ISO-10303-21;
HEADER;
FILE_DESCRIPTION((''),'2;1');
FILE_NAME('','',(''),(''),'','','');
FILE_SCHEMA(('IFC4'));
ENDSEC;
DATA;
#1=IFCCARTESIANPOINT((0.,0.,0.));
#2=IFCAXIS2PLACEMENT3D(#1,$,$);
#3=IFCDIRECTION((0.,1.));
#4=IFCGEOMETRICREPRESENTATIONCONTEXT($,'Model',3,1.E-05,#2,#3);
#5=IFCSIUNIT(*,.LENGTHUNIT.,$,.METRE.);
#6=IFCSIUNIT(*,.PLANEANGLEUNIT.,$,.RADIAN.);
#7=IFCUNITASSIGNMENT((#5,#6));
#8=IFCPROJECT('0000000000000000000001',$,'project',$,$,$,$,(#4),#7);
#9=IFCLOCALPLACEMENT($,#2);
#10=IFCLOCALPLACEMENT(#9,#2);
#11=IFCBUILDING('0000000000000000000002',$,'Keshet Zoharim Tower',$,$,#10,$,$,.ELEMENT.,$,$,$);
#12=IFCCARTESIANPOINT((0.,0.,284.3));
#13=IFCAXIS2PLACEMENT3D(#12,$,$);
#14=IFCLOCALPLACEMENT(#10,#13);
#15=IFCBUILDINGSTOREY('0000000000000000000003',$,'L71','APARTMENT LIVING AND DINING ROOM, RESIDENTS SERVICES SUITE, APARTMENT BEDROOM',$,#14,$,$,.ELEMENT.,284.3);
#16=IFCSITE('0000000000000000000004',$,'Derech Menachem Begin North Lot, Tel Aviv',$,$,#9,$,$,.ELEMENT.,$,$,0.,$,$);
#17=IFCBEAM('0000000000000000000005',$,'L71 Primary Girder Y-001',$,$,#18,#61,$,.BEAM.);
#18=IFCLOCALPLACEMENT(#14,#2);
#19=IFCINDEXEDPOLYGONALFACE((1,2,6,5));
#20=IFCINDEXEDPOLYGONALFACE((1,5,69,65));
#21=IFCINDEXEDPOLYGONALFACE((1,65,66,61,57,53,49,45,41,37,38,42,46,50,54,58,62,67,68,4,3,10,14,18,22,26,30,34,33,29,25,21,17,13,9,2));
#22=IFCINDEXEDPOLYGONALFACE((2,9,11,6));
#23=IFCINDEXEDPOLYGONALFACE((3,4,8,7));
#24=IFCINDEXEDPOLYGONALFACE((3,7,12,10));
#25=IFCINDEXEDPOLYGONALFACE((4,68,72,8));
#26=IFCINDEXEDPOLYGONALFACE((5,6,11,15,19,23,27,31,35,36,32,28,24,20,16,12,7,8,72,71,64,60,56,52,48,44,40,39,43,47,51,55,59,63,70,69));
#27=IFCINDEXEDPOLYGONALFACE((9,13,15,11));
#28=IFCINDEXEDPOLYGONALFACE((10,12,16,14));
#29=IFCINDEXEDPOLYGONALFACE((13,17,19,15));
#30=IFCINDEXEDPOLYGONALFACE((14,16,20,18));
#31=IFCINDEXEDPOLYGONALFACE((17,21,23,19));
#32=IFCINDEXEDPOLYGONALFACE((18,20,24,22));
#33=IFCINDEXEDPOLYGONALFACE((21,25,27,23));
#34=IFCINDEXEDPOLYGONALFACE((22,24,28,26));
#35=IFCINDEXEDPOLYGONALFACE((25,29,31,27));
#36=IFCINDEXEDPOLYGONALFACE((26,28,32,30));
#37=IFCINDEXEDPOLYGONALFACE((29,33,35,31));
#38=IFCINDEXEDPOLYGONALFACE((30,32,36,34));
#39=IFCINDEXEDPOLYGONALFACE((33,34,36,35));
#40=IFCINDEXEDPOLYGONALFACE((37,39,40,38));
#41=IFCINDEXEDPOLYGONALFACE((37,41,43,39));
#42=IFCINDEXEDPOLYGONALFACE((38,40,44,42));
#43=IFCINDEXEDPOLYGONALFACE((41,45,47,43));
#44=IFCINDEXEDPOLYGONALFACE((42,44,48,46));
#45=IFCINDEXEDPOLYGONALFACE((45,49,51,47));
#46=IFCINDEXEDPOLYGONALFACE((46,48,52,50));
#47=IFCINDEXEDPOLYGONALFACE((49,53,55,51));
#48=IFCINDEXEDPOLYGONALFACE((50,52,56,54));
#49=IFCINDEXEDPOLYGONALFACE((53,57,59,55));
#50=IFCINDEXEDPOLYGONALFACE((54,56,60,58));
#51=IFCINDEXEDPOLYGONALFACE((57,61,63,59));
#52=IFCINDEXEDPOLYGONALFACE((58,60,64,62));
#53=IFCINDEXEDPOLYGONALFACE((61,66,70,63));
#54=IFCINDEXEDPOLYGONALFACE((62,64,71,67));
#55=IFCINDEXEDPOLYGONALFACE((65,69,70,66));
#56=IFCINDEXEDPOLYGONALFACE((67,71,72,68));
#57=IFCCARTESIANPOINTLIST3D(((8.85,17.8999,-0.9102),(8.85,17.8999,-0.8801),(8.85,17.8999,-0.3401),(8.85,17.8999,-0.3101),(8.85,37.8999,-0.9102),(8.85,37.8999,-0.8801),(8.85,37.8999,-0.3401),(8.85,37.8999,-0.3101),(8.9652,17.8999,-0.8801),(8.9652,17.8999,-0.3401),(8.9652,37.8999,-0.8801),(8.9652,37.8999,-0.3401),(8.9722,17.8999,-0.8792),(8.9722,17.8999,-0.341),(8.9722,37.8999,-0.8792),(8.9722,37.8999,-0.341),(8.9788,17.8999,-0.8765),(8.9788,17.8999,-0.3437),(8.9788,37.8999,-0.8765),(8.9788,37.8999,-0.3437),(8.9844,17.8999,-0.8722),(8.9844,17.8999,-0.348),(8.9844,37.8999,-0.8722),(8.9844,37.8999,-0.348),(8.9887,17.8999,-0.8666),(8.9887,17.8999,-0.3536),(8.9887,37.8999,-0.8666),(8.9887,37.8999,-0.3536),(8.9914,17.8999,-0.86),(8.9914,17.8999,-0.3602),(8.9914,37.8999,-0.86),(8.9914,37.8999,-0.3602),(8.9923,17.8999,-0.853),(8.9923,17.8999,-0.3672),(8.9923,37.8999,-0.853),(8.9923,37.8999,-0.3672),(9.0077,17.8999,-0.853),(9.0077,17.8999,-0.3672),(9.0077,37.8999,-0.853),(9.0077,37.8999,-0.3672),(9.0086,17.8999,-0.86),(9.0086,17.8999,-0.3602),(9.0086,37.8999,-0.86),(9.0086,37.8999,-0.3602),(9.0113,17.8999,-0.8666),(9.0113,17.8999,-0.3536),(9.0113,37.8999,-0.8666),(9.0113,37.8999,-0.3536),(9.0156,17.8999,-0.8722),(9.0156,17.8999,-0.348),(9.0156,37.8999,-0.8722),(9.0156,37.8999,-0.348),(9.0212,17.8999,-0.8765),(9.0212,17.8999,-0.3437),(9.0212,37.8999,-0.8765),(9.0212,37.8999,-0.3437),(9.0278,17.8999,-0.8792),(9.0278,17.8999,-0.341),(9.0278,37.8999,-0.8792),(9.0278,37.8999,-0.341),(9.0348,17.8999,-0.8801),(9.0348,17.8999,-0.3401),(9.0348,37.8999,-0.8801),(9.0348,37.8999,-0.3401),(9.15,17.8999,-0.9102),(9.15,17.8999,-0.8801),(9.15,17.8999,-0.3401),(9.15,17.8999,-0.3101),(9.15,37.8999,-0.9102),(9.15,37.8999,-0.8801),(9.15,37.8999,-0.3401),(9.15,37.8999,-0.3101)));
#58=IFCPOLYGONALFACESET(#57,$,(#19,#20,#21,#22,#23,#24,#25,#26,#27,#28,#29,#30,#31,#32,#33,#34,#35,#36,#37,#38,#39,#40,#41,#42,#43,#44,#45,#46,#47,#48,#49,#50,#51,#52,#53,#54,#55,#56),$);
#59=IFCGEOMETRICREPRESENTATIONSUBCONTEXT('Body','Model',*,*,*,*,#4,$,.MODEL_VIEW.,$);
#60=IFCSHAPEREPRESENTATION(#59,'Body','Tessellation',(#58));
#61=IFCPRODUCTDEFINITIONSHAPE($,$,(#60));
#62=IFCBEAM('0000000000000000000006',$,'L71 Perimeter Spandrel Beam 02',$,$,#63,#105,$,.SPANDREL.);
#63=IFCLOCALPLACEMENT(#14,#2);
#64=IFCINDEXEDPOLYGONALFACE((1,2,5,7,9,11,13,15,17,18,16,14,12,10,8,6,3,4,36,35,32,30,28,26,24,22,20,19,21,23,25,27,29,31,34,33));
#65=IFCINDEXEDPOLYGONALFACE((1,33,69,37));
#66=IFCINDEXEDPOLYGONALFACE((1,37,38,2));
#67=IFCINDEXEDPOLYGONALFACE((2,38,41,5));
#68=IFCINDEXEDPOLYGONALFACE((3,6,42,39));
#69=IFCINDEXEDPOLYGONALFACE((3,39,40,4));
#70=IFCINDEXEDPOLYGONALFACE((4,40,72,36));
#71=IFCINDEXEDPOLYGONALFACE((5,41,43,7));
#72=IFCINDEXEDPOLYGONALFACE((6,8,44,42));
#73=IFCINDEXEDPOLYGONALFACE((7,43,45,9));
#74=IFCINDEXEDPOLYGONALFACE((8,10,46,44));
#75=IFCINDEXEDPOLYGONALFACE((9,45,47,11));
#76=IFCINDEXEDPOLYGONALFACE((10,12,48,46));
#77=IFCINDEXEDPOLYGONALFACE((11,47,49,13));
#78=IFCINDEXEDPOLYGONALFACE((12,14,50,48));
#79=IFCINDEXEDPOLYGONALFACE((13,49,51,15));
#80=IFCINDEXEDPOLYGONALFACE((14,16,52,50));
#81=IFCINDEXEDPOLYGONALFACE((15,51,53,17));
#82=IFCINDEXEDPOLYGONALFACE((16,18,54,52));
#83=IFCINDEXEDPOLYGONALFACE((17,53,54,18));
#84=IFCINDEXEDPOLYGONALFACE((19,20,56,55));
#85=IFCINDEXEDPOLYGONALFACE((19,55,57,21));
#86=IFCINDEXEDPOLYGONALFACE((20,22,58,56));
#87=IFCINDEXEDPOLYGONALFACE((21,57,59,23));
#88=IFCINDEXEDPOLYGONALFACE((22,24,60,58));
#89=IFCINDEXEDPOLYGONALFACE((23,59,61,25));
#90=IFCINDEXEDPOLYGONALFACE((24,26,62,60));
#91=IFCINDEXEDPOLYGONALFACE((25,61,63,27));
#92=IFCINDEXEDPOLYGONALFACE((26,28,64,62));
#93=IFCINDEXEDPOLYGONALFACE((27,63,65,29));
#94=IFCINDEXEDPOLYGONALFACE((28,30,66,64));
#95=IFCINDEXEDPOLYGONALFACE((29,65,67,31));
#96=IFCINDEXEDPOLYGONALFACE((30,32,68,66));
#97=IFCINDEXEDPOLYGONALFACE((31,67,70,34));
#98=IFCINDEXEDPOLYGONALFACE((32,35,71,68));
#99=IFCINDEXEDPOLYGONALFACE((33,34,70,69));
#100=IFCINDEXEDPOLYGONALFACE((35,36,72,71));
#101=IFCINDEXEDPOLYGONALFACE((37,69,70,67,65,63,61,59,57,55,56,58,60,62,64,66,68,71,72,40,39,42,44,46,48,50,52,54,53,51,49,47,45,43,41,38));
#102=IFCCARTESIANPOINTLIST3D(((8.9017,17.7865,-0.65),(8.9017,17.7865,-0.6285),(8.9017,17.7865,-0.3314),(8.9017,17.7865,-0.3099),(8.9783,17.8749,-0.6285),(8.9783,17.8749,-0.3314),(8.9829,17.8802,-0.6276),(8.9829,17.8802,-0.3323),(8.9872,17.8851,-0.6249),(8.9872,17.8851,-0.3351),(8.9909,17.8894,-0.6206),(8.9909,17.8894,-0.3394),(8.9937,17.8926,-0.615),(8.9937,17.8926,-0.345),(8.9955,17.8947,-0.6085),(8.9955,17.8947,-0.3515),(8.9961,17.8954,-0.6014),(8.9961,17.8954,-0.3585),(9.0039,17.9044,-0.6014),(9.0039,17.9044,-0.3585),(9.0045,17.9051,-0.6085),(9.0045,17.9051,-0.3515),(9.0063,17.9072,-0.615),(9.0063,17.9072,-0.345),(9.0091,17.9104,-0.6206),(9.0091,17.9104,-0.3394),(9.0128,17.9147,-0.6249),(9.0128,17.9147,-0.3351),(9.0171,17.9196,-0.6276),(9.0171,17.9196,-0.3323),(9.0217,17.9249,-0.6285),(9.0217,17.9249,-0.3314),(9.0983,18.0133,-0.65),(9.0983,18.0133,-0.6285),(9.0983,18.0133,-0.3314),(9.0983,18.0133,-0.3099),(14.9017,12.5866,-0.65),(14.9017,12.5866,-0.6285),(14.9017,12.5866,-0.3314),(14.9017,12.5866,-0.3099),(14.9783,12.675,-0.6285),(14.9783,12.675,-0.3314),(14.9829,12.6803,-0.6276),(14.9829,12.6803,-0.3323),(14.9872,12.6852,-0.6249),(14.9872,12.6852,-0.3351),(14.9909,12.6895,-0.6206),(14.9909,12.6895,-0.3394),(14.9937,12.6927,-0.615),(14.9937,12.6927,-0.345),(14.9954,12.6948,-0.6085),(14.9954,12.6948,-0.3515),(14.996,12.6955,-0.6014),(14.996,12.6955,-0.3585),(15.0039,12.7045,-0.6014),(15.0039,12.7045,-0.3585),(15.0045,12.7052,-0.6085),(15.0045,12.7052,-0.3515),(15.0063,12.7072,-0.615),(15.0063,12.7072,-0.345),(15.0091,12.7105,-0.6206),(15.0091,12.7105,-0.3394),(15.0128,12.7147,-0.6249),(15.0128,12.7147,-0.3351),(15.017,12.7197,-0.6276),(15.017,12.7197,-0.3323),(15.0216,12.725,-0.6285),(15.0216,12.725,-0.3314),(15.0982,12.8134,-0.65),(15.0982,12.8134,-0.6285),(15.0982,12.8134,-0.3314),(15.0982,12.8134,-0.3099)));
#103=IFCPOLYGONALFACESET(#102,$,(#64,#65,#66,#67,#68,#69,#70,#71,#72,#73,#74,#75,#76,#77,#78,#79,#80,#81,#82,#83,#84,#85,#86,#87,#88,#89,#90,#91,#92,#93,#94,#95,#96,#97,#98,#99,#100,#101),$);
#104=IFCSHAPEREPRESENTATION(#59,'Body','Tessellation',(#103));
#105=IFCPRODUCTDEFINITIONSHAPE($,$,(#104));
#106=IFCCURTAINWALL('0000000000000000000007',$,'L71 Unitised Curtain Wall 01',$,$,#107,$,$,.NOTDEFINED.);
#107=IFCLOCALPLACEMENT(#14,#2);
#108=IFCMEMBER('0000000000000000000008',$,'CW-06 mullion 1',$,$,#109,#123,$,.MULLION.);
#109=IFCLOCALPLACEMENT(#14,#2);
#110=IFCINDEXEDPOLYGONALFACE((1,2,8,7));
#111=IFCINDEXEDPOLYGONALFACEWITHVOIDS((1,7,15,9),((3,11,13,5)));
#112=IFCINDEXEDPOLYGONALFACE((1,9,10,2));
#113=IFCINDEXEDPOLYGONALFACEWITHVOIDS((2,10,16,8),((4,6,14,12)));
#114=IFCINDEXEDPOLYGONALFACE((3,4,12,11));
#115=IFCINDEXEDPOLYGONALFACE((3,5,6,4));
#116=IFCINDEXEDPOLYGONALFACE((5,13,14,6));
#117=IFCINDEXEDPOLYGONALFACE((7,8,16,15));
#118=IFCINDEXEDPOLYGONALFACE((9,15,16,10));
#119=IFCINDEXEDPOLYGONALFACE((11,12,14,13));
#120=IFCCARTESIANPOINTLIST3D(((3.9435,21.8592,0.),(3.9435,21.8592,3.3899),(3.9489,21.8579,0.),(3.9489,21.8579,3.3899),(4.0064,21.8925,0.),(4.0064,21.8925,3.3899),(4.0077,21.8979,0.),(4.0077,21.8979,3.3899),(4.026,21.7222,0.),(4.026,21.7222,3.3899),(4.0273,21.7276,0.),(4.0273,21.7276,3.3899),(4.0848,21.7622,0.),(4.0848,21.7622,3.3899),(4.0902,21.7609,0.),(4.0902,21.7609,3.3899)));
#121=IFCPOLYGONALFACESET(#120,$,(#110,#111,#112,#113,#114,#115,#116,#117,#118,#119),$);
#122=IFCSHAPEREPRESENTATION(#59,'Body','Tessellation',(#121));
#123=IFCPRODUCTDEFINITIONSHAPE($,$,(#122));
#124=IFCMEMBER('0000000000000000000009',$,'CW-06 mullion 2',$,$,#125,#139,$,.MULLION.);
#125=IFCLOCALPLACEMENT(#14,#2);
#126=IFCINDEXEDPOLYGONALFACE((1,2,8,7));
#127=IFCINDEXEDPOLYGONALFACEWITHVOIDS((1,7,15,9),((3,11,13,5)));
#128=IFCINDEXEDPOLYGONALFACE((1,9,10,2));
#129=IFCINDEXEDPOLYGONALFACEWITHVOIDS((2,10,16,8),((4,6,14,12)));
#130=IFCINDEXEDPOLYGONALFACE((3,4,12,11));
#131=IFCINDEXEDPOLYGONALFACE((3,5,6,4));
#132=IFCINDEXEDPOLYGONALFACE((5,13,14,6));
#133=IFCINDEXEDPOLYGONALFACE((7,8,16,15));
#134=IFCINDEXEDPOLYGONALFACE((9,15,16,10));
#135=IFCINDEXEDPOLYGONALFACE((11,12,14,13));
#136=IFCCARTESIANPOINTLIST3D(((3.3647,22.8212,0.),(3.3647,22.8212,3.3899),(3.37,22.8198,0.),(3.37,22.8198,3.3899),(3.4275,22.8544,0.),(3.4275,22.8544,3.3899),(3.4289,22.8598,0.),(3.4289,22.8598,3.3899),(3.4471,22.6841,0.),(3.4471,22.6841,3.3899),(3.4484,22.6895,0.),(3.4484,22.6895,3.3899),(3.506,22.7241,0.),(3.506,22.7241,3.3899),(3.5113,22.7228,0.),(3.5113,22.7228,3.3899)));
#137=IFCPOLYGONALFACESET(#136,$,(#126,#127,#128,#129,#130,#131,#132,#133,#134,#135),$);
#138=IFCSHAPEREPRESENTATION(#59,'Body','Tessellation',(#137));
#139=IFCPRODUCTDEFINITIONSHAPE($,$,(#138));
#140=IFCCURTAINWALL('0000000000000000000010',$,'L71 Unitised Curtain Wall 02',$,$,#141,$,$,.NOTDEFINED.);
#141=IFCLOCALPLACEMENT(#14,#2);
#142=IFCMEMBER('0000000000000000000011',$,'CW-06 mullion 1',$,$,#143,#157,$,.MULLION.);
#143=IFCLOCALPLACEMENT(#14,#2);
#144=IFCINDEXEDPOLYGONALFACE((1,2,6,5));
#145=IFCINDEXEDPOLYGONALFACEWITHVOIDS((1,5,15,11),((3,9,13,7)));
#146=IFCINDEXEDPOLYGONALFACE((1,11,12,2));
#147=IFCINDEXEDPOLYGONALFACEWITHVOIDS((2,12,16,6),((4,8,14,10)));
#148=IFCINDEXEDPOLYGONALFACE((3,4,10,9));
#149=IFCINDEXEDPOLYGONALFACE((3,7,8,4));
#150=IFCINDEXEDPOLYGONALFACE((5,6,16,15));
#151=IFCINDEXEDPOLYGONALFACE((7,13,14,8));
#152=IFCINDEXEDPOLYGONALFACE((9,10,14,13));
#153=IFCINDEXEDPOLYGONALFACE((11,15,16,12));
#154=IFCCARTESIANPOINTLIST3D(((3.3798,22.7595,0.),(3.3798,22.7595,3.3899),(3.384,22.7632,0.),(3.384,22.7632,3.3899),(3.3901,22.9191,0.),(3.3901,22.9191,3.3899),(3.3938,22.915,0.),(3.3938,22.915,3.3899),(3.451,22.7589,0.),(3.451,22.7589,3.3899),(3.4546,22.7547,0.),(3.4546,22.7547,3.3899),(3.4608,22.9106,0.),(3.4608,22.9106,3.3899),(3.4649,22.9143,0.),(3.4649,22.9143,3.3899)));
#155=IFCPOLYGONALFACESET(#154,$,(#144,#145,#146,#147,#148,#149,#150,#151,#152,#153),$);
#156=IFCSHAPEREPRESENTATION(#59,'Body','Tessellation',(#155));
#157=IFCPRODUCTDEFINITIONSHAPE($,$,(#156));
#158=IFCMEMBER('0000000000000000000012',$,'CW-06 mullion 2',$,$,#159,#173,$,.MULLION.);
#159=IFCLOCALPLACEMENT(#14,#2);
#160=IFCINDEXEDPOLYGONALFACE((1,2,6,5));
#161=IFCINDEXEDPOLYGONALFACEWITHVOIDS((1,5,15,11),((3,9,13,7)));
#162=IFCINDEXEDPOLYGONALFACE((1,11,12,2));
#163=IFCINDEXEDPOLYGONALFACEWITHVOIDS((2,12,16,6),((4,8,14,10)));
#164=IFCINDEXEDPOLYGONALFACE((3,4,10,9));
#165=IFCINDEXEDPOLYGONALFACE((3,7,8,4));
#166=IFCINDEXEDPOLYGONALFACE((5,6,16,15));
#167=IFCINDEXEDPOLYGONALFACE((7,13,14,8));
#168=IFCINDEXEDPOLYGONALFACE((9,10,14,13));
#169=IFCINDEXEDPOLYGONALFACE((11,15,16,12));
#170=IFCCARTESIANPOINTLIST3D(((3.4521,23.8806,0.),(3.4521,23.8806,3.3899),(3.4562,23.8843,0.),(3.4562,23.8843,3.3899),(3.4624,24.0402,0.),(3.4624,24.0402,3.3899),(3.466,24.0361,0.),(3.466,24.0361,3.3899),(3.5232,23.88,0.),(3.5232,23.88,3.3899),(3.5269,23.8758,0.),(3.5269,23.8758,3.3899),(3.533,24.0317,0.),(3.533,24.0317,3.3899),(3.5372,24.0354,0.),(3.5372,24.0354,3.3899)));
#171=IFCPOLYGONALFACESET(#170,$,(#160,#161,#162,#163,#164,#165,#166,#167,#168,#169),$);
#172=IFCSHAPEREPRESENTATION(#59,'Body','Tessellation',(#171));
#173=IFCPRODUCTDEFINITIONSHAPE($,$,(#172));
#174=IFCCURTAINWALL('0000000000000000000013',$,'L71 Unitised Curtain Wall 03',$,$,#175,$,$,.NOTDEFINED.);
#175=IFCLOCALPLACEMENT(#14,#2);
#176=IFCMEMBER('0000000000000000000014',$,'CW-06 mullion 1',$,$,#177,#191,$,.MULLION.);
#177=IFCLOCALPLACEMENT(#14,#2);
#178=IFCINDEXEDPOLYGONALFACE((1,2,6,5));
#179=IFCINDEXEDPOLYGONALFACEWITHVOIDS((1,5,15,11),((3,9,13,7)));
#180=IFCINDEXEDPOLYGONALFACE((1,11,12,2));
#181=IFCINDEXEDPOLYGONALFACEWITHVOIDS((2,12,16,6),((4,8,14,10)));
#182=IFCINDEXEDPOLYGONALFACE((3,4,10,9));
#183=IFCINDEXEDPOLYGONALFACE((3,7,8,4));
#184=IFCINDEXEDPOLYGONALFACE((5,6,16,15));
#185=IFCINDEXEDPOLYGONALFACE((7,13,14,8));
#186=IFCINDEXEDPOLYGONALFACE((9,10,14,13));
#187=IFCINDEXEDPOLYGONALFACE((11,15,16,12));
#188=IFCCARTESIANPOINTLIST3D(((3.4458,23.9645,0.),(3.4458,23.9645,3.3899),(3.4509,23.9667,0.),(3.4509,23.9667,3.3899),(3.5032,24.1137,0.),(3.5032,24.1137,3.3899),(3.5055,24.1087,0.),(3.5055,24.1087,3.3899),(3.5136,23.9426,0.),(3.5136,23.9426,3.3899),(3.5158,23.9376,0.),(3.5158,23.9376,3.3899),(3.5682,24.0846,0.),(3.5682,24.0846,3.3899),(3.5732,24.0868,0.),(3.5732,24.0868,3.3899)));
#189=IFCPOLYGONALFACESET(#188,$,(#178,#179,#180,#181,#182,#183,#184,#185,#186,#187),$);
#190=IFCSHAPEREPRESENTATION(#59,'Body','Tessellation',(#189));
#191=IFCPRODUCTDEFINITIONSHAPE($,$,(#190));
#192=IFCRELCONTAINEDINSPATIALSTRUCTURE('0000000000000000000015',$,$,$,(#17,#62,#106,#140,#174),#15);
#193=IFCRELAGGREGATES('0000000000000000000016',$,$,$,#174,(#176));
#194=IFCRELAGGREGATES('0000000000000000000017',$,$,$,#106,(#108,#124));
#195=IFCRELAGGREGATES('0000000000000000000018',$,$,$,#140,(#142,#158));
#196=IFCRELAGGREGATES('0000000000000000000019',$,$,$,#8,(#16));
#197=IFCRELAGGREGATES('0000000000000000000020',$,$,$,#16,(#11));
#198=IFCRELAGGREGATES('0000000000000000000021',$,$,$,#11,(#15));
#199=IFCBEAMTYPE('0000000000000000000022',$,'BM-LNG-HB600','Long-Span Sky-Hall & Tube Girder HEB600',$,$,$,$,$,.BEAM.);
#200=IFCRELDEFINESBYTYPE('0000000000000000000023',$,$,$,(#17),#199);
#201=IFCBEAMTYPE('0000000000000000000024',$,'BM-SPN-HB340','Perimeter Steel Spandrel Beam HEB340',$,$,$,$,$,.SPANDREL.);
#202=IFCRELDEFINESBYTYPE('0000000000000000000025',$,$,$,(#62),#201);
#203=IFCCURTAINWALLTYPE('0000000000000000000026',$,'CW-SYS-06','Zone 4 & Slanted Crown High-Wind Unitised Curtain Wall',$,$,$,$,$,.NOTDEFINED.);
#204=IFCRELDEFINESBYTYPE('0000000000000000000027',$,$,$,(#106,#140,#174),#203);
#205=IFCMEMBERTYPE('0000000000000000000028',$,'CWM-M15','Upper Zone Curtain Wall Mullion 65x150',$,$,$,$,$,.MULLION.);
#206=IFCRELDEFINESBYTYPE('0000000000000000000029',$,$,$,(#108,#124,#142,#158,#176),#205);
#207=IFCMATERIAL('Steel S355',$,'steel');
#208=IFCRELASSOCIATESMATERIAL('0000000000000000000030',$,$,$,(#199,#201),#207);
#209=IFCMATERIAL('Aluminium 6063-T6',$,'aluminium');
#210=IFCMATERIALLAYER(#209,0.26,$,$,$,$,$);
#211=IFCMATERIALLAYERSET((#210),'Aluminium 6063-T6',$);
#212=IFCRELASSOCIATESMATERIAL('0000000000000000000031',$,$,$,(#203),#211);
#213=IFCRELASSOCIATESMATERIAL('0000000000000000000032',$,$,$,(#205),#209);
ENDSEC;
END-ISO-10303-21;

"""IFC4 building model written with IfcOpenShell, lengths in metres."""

from ifc_helpers import new_model, si_unit, direction, frame, origin, origin_2d, place, context, subcontext, project, spatial, hollow_rectangle, i_section, extrude, material, layer, layer_set, material_profile, profile_set, type_object, element, aggregate, save


model = new_model("IFC4")

# Units and contexts
model_context = context("Model", 3, precision=1e-05, world=origin(), true_north=direction((0.0, 1.0)))
body_context = subcontext(model_context, "Body", "Model", "MODEL_VIEW")
ifc_project = project(units=[si_unit("LENGTHUNIT", "METRE"), si_unit("PLANEANGLEUNIT", "RADIAN")], contexts=[model_context])

# Site, building, storey
site_placement = place(None, origin())
site = spatial("IfcSite", under=ifc_project, at=site_placement, Name="Derech Menachem Begin North Lot, Tel Aviv", CompositionType="ELEMENT", RefElevation=0.0)
building_placement = place(site_placement, origin())
building = spatial("IfcBuilding", under=site, at=building_placement, Name="Keshet Zoharim Tower", CompositionType="ELEMENT")
storey_placement = place(building_placement, frame((0.0, 0.0, 284.3)))
storey = spatial("IfcBuildingStorey", under=building, at=storey_placement, Name="L71", Description="APARTMENT LIVING AND DINING ROOM, RESIDENTS SERVICES SUITE, APARTMENT BEDROOM", CompositionType="ELEMENT", Elevation=284.3)

# Beams
ifc_material_1 = material(Name="Steel S355", Category="steel")
ifc_material_profile_1 = material_profile(ifc_material_1, i_section(OverallWidth=0.3, OverallDepth=0.6001, WebThickness=0.0154, FlangeThickness=0.03, FilletRadius=0.0271, at=origin_2d()), Name="HEB600")
ifc_profile_set_1 = profile_set([ifc_material_profile_1], Name="Steel S355")
beam_type_1 = type_object("IfcBeamType", Name="BM-LNG-HB600", Description="Long-Span Sky-Hall & Tube Girder HEB600", PredefinedType="BEAM", material=ifc_profile_set_1)
beam_1_placement = place(storey_placement, frame((9.0, 17.8999, -0.6101), z_axis=(0.0, 1.0, 0.0), x_axis=(-1.0, 0.0, 0.0)))
element("IfcBeam", 1, at=beam_1_placement, inside=storey, type_object=beam_type_1, Name="L71 Primary Girder Y-001", PredefinedType="BEAM", context=body_context, shape_type="SweptSolid", body=[
    extrude(i_section(OverallWidth=0.3, OverallDepth=0.6001, WebThickness=0.0154, FlangeThickness=0.03, FilletRadius=0.0271, at=origin_2d()), origin(), (0.0, 0.0, 1.0), 20.0),
])
ifc_material_profile_2 = material_profile(ifc_material_1, i_section(OverallWidth=0.3, OverallDepth=0.3401, WebThickness=0.012, FlangeThickness=0.0215, FilletRadius=0.0271, at=origin_2d()), Name="HEB340")
ifc_profile_set_2 = profile_set([ifc_material_profile_2], Name="Steel S355")
beam_type_2 = type_object("IfcBeamType", Name="BM-SPN-HB340", Description="Perimeter Steel Spandrel Beam HEB340", PredefinedType="SPANDREL", material=ifc_profile_set_2)
beam_2_placement = place(storey_placement, frame((9.0, 17.8999, -0.48), z_axis=(0.755692, -0.654927, 0.0), x_axis=(0.654927, 0.755692, 0.0)))
element("IfcBeam", 2, at=beam_2_placement, inside=storey, type_object=beam_type_2, Name="L71 Perimeter Spandrel Beam 02", PredefinedType="SPANDREL", context=body_context, shape_type="SweptSolid", body=[
    extrude(i_section(OverallWidth=0.3, OverallDepth=0.3401, WebThickness=0.012, FlangeThickness=0.0215, FilletRadius=0.0271, at=origin_2d()), origin(), (0.0, 0.0, 1.0), 7.9397),
])

# Curtain walls, members
ifc_material_2 = material(Name="Aluminium 6063-T6", Category="aluminium")
ifc_layer_1 = layer(ifc_material_2, 0.26)
ifc_layer_set_1 = layer_set([ifc_layer_1], Name="Aluminium 6063-T6")
curtain_wall_type = type_object("IfcCurtainWallType", Name="CW-SYS-06", Description="Zone 4 & Slanted Crown High-Wind Unitised Curtain Wall", PredefinedType="NOTDEFINED", material=ifc_layer_set_1)
curtain_wall_1_placement = place(storey_placement, origin())
curtain_wall_1 = element("IfcCurtainWall", 3, at=curtain_wall_1_placement, inside=storey, type_object=curtain_wall_type, Name="L71 Unitised Curtain Wall 01", PredefinedType="NOTDEFINED")
ifc_material_profile_3 = material_profile(ifc_material_2, hollow_rectangle(XDim=0.075, YDim=0.1599, WallThickness=0.0039, at=origin_2d()), Name="MUL-75x160")
ifc_profile_set_3 = profile_set([ifc_material_profile_3], Name="Aluminium 6063-T6")
member_type_1 = type_object("IfcMemberType", Name="CWM-M15", Description="Upper Zone Curtain Wall Mullion 65x150", PredefinedType="MULLION", material=ifc_profile_set_3)
member_1_placement = place(storey_placement, frame((4.0168, 21.8101, 0.0), z_axis=(0.0, 0.0, 1.0), x_axis=(-0.856826, -0.515605, 0.0)))
member_1 = element("IfcMember", 4, at=member_1_placement, type_object=member_type_1, Name="CW-06 mullion 1", PredefinedType="MULLION", context=body_context, shape_type="SweptSolid", body=[
    extrude(hollow_rectangle(XDim=0.075, YDim=0.1599, WallThickness=0.0039, at=origin_2d()), origin(), (0.0, 0.0, 1.0), 3.3899),
])
member_2_placement = place(storey_placement, frame((3.438, 22.772, 0.0), z_axis=(0.0, 0.0, 1.0), x_axis=(-0.856826, -0.515605, 0.0)))
member_2 = element("IfcMember", 5, at=member_2_placement, type_object=member_type_1, Name="CW-06 mullion 2", PredefinedType="MULLION", context=body_context, shape_type="SweptSolid", body=[
    extrude(hollow_rectangle(XDim=0.075, YDim=0.1599, WallThickness=0.0039, at=origin_2d()), origin(), (0.0, 0.0, 1.0), 3.3899),
])
curtain_wall_2_placement = place(storey_placement, origin())
curtain_wall_2 = element("IfcCurtainWall", 6, at=curtain_wall_2_placement, inside=storey, type_object=curtain_wall_type, Name="L71 Unitised Curtain Wall 02", PredefinedType="NOTDEFINED")
member_3_placement = place(storey_placement, frame((3.4224, 22.8369, 0.0), z_axis=(0.0, 0.0, 1.0), x_axis=(-0.997917, 0.064517, 0.0)))
member_3 = element("IfcMember", 7, at=member_3_placement, type_object=member_type_1, Name="CW-06 mullion 1", PredefinedType="MULLION", context=body_context, shape_type="SweptSolid", body=[
    extrude(hollow_rectangle(XDim=0.075, YDim=0.1599, WallThickness=0.0039, at=origin_2d()), origin(), (0.0, 0.0, 1.0), 3.3899),
])
member_4_placement = place(storey_placement, frame((3.4946, 23.958, 0.0), z_axis=(0.0, 0.0, 1.0), x_axis=(-0.997917, 0.064517, 0.0)))
member_4 = element("IfcMember", 8, at=member_4_placement, type_object=member_type_1, Name="CW-06 mullion 2", PredefinedType="MULLION", context=body_context, shape_type="SweptSolid", body=[
    extrude(hollow_rectangle(XDim=0.075, YDim=0.1599, WallThickness=0.0039, at=origin_2d()), origin(), (0.0, 0.0, 1.0), 3.3899),
])

# Curtain wall, member
curtain_wall_3_placement = place(storey_placement, origin())
curtain_wall_3 = element("IfcCurtainWall", 9, at=curtain_wall_3_placement, inside=storey, type_object=curtain_wall_type, Name="L71 Unitised Curtain Wall 03", PredefinedType="NOTDEFINED")
member_5_placement = place(storey_placement, frame((3.5095, 24.0256, 0.0), z_axis=(0.0, 0.0, 1.0), x_axis=(-0.933341, 0.35899, 0.0)))
member_5 = element("IfcMember", 10, at=member_5_placement, type_object=member_type_1, Name="CW-06 mullion 1", PredefinedType="MULLION", context=body_context, shape_type="SweptSolid", body=[
    extrude(hollow_rectangle(XDim=0.075, YDim=0.1599, WallThickness=0.0039, at=origin_2d()), origin(), (0.0, 0.0, 1.0), 3.3899),
])

aggregate(curtain_wall_3, [member_5])

aggregate(curtain_wall_1, [member_1, member_2])
aggregate(curtain_wall_2, [member_3, member_4])

save(model, "model.ifc")
